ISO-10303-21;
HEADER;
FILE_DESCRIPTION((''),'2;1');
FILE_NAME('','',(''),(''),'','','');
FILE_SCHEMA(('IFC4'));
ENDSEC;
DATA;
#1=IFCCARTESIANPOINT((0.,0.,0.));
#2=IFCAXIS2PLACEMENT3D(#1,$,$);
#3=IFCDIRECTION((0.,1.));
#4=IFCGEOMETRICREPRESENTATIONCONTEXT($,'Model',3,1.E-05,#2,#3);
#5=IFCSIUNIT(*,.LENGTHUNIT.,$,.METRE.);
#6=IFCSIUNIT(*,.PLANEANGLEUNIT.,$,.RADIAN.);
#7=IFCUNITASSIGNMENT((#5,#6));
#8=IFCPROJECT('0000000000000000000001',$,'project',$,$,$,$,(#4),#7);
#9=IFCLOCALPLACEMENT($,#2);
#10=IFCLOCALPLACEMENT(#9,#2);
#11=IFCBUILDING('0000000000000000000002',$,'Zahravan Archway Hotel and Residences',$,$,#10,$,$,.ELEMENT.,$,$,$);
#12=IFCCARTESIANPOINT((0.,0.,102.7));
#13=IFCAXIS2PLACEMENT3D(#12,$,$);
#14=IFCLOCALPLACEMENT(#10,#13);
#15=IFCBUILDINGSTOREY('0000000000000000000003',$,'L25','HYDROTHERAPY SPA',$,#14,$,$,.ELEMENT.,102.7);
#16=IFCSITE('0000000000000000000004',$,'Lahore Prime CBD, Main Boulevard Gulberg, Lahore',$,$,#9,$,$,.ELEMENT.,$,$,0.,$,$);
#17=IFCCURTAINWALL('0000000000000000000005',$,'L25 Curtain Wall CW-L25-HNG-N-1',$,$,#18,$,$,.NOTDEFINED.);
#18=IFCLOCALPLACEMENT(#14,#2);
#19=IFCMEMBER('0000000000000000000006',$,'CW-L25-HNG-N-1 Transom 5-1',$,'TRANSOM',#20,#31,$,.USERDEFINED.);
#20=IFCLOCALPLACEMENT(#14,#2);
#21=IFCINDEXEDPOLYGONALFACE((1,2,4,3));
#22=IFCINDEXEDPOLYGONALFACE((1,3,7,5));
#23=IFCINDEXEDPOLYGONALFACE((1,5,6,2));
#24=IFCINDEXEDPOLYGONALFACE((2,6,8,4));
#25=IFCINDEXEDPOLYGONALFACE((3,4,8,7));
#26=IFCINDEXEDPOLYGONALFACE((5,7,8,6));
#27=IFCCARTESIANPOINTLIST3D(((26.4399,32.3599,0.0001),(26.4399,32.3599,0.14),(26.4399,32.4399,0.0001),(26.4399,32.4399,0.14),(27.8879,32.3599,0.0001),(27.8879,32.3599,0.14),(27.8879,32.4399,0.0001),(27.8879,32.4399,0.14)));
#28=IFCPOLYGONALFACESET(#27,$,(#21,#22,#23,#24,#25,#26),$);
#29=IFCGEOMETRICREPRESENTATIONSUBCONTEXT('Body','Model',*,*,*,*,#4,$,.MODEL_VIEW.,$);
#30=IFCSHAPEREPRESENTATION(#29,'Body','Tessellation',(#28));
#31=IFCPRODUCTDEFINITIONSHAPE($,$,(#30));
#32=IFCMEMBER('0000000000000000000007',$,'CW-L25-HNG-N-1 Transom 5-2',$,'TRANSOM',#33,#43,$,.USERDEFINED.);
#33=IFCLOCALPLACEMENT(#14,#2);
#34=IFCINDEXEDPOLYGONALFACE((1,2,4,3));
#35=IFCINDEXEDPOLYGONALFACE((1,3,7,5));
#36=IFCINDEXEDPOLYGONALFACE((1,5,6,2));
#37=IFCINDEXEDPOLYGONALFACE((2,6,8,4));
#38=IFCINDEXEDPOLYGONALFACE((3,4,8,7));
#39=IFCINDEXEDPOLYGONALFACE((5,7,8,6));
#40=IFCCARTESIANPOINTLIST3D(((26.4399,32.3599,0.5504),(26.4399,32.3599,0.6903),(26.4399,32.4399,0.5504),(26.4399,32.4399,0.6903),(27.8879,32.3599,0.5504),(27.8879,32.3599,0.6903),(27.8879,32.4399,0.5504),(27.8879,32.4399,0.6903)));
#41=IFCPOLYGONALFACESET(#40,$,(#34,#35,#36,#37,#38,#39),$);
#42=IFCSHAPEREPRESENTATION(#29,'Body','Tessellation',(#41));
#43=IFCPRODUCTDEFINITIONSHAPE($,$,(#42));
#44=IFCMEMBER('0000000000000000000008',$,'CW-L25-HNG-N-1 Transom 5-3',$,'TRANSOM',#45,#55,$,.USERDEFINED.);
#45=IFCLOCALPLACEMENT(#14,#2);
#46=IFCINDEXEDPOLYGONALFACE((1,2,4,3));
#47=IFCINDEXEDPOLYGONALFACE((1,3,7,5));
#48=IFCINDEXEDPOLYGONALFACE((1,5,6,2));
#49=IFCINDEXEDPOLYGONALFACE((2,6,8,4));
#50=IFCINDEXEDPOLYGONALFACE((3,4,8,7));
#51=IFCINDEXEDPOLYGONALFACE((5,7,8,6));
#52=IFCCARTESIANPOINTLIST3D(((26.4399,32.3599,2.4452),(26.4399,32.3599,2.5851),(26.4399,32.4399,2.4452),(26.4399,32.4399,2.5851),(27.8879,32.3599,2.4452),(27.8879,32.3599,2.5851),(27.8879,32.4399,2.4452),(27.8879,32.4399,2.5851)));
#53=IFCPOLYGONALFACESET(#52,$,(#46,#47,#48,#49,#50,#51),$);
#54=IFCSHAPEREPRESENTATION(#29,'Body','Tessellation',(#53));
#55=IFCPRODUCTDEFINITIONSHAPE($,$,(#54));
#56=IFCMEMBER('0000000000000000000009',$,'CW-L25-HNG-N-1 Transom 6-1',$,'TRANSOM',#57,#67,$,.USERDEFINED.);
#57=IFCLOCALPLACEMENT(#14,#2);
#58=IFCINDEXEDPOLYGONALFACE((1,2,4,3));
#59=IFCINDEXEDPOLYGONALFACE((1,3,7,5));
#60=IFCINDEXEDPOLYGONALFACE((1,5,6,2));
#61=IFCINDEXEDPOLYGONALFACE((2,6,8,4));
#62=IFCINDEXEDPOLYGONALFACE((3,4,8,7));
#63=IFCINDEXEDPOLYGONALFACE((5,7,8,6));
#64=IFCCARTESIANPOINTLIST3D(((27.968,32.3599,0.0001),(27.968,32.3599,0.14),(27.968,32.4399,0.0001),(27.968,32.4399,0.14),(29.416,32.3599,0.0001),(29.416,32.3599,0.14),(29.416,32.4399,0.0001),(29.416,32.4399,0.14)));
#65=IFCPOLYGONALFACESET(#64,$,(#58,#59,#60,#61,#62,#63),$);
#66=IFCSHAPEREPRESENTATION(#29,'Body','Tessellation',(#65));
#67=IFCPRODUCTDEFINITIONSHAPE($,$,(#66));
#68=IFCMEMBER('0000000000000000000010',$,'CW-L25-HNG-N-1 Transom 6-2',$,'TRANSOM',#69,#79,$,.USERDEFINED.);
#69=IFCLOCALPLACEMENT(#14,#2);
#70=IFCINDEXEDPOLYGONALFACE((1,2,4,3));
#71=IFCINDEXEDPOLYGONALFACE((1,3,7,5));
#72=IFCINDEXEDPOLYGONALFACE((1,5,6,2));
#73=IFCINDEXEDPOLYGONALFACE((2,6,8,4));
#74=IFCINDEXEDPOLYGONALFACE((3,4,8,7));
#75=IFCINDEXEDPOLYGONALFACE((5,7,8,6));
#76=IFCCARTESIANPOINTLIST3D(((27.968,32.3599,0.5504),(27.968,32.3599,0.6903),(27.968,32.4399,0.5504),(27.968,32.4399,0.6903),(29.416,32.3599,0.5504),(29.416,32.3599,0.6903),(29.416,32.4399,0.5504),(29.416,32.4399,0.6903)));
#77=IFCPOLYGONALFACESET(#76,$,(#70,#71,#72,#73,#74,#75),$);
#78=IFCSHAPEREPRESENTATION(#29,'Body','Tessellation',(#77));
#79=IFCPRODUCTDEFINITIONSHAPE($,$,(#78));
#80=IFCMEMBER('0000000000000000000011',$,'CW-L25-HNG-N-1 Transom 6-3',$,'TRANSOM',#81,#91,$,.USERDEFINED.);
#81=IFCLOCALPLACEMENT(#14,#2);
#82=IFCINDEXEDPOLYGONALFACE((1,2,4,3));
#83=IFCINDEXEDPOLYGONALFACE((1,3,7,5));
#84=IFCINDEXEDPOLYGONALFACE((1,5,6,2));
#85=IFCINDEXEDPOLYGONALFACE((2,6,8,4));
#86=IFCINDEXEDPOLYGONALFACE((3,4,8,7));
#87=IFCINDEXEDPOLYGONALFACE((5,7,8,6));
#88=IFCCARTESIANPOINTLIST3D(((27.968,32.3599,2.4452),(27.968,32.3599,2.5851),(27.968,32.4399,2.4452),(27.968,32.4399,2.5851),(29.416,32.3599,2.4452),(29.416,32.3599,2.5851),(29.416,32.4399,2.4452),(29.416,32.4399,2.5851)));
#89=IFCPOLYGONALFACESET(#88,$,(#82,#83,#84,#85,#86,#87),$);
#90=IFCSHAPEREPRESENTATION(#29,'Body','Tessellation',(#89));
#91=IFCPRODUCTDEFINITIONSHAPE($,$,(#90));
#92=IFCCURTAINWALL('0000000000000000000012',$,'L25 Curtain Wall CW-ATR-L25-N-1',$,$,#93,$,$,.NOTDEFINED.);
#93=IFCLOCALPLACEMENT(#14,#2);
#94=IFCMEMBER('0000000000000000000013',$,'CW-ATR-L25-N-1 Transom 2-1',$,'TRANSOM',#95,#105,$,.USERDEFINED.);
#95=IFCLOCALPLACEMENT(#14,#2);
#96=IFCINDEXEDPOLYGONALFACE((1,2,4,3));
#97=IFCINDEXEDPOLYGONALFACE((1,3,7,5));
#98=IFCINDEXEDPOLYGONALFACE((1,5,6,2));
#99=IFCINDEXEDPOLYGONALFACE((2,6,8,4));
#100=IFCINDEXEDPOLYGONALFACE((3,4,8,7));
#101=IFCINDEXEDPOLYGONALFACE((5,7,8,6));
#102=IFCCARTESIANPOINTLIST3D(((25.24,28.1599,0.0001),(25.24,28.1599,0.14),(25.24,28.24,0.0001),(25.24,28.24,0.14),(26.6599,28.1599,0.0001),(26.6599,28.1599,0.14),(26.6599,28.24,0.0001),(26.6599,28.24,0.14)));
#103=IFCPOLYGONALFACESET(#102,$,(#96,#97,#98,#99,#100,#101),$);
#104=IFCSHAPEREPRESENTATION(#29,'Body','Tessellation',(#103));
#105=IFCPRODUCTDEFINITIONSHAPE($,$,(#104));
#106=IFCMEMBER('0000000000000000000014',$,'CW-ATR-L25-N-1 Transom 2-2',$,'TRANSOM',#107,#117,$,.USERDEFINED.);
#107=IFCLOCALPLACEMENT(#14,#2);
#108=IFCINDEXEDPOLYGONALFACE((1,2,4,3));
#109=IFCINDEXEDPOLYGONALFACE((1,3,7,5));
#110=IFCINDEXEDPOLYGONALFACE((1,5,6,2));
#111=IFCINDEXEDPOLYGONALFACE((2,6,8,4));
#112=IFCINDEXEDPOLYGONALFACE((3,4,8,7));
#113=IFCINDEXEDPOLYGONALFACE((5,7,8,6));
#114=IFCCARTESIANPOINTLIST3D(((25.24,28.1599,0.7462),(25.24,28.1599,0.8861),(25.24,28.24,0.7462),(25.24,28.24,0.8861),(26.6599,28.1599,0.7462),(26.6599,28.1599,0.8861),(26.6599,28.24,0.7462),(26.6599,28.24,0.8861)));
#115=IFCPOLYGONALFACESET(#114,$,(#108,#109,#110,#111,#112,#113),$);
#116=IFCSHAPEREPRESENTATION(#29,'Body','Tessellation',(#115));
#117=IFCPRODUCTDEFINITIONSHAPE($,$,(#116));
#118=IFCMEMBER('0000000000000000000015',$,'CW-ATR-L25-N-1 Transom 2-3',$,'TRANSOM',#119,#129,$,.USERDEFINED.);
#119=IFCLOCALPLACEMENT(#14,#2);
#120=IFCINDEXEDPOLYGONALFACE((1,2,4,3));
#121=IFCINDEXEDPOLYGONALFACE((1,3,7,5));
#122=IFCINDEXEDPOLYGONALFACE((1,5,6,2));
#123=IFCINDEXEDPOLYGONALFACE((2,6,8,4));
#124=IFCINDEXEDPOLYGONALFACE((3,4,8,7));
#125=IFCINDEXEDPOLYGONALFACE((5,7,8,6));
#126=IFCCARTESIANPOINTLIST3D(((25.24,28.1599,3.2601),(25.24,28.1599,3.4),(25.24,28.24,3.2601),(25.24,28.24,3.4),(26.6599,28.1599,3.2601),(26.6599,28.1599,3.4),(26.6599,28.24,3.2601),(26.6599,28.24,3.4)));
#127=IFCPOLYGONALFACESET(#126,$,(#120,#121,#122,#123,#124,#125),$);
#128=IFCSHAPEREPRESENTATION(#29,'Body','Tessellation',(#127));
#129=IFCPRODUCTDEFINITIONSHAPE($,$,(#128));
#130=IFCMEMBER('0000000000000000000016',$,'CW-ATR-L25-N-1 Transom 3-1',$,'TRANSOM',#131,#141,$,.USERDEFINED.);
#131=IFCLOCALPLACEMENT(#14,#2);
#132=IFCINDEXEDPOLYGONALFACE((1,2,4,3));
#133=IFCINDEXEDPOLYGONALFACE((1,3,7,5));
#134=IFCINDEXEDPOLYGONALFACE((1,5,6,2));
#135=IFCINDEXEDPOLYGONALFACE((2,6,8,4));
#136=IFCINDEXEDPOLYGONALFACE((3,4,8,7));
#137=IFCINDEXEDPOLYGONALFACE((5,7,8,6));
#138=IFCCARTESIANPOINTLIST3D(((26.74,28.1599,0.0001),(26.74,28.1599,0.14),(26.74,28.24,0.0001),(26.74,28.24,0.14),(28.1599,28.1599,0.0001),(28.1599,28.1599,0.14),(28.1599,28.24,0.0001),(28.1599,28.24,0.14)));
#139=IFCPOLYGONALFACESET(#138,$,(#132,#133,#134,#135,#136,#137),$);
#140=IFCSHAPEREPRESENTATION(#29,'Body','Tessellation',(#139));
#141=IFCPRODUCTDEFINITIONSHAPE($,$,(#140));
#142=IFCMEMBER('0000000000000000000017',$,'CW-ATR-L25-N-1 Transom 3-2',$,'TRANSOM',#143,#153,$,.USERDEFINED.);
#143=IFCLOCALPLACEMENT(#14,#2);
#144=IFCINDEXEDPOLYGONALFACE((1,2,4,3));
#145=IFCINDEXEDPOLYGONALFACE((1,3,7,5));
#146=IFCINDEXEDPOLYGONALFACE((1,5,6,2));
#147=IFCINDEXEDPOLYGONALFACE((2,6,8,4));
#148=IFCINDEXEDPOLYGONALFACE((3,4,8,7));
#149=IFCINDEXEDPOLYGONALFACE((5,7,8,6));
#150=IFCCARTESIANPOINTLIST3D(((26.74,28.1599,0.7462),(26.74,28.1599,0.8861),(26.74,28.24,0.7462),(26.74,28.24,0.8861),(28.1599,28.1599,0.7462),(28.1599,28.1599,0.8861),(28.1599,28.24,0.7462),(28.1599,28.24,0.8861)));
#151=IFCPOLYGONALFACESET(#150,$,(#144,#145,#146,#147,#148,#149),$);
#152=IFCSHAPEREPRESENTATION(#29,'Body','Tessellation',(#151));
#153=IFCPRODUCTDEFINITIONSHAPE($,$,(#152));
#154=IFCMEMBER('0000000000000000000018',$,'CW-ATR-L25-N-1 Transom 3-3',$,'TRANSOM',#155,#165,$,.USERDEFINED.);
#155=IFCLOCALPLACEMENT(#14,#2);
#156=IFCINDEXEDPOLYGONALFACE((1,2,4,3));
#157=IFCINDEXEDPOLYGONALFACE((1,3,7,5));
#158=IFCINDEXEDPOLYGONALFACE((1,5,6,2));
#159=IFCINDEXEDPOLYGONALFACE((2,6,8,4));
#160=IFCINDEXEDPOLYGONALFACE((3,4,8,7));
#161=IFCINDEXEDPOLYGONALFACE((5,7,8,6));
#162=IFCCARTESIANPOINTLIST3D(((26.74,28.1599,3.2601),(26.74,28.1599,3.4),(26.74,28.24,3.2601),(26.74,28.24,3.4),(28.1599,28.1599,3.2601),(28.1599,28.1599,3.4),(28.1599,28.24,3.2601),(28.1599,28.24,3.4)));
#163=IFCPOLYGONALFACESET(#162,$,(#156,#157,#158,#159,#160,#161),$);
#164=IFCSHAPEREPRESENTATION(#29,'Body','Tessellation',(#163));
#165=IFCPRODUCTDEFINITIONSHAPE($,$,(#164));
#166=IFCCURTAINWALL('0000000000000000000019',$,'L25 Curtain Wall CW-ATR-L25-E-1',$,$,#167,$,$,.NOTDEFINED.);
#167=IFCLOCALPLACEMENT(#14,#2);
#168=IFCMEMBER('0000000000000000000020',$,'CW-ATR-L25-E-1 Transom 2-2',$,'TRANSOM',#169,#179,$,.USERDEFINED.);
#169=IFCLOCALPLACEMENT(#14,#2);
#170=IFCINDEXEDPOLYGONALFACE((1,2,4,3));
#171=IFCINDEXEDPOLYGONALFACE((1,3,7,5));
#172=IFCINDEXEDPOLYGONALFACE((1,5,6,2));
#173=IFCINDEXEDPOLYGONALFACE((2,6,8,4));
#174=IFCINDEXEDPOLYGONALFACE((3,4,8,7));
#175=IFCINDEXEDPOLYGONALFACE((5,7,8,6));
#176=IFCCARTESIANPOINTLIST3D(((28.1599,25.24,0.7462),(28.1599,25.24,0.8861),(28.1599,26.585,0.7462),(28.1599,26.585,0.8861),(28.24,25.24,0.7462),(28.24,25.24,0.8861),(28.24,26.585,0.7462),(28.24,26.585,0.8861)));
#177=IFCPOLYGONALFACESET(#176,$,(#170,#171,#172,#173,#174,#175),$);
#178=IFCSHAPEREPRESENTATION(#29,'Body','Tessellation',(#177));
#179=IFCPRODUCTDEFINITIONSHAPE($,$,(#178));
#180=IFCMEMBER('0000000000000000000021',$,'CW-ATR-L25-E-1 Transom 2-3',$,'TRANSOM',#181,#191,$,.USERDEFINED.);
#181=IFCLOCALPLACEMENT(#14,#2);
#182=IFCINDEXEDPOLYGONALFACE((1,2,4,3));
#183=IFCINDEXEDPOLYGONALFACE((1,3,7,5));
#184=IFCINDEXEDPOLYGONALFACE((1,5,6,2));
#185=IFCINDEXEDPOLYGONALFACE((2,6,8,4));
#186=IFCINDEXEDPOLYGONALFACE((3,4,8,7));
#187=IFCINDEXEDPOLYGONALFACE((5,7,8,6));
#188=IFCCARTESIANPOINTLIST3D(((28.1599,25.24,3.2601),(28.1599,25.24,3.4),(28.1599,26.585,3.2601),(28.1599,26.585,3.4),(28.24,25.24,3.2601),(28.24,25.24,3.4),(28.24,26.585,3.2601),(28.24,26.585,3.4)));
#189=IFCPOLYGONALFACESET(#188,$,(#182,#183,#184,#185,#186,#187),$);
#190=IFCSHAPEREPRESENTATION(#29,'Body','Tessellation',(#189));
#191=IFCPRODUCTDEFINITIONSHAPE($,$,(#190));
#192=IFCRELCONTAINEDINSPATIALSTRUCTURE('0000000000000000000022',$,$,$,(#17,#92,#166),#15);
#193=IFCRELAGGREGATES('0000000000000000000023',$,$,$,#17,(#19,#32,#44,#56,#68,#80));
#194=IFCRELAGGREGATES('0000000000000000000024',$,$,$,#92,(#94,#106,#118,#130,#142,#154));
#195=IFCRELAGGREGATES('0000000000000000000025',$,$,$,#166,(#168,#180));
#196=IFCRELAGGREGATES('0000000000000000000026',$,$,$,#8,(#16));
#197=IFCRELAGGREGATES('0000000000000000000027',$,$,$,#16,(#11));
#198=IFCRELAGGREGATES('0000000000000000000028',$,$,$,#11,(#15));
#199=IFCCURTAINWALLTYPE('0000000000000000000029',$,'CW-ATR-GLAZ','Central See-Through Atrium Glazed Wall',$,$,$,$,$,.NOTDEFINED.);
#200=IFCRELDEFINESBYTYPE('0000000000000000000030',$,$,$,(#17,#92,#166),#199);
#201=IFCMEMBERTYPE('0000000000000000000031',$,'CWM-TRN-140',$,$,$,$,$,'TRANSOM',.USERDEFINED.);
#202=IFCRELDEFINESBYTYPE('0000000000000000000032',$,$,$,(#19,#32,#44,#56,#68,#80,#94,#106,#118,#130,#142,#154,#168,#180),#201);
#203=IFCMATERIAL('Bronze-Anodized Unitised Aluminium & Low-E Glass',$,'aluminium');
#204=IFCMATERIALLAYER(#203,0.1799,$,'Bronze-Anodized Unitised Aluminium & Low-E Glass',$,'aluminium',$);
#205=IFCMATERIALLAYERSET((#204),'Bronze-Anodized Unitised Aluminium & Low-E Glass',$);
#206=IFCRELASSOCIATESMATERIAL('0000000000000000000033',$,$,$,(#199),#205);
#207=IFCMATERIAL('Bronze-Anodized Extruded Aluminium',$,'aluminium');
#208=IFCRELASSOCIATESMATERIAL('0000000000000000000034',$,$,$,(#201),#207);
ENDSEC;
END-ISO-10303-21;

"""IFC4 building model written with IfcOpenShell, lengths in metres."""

from ifc_helpers import new_model, si_unit, direction, frame, origin, origin_2d, place, context, subcontext, project, spatial, rectangle, extrude, source, transform, mapped, material, layer, layer_set, material_profile, profile_set, type_object, element, aggregate, save


model = new_model("IFC4")

# Units and contexts
model_context = context("Model", 3, precision=1e-05, world=origin(), true_north=direction((0.0, 1.0)))
body_context = subcontext(model_context, "Body", "Model", "MODEL_VIEW")
ifc_project = project(units=[si_unit("LENGTHUNIT", "METRE"), si_unit("PLANEANGLEUNIT", "RADIAN")], contexts=[model_context])

# Site, building, storey
site_placement = place(None, origin())
site = spatial("IfcSite", under=ifc_project, at=site_placement, Name="Lahore Prime CBD, Main Boulevard Gulberg, Lahore", CompositionType="ELEMENT", RefElevation=0.0)
building_placement = place(site_placement, origin())
building = spatial("IfcBuilding", under=site, at=building_placement, Name="Zahravan Archway Hotel and Residences", CompositionType="ELEMENT")
storey_placement = place(building_placement, frame((0.0, 0.0, 102.7)))
storey = spatial("IfcBuildingStorey", under=building, at=storey_placement, Name="L25", Description="HYDROTHERAPY SPA", CompositionType="ELEMENT", Elevation=102.7)

# Curtain walls, members
ifc_material_1 = material(Name="Bronze-Anodized Unitised Aluminium & Low-E Glass", Category="aluminium")
ifc_layer_1 = layer(ifc_material_1, 0.1799, Name="Bronze-Anodized Unitised Aluminium & Low-E Glass", Category="aluminium")
ifc_layer_set_1 = layer_set([ifc_layer_1], Name="Bronze-Anodized Unitised Aluminium & Low-E Glass")
curtain_wall_type = type_object("IfcCurtainWallType", Name="CW-ATR-GLAZ", Description="Central See-Through Atrium Glazed Wall", PredefinedType="NOTDEFINED", material=ifc_layer_set_1)
curtain_wall_1_placement = place(storey_placement, origin())
curtain_wall_1 = element("IfcCurtainWall", 1, at=curtain_wall_1_placement, inside=storey, type_object=curtain_wall_type, Name="L25 Curtain Wall CW-L25-HNG-N-1", PredefinedType="NOTDEFINED")
ifc_material_2 = material(Name="Bronze-Anodized Extruded Aluminium", Category="aluminium")
ifc_material_profile_1 = material_profile(ifc_material_2, rectangle(XDim=0.0801, YDim=0.1399, at=origin_2d()), Name="TRN 80x140", Category="aluminium")
ifc_profile_set_1 = profile_set([ifc_material_profile_1], Name="Bronze-Anodized Extruded Aluminium")
member_type_1 = type_object("IfcMemberType", Name="CWM-TRN-140", ElementType="TRANSOM", PredefinedType="USERDEFINED", material=ifc_profile_set_1)
shared_shape_1 = source(origin(), body_context, "Body", "SweptSolid", [
    extrude(rectangle(XDim=0.0801, YDim=0.1399, at=origin_2d()), origin(), (0.0, 0.0, 1.0), 1.448),
])
member_1_placement = place(storey_placement, frame((26.4399, 32.3999, 0.0701), z_axis=(1.0, 0.0, 0.0), x_axis=(0.0, 1.0, 0.0)))
member_1 = element("IfcMember", 2, at=member_1_placement, type_object=member_type_1, Name="CW-L25-HNG-N-1 Transom 5-1", ObjectType="TRANSOM", PredefinedType="USERDEFINED", context=body_context, shape_type="MappedRepresentation", body=[
    mapped(shared_shape_1, transform((0.0, 0.0, 0.0), scale=1.0)),
])
member_2_placement = place(storey_placement, frame((26.4399, 32.3999, 0.6204), z_axis=(1.0, 0.0, 0.0), x_axis=(0.0, 1.0, 0.0)))
member_2 = element("IfcMember", 3, at=member_2_placement, type_object=member_type_1, Name="CW-L25-HNG-N-1 Transom 5-2", ObjectType="TRANSOM", PredefinedType="USERDEFINED", context=body_context, shape_type="MappedRepresentation", body=[
    mapped(shared_shape_1, transform((0.0, 0.0, 0.0), scale=1.0)),
])
member_3_placement = place(storey_placement, frame((26.4399, 32.3999, 2.5151), z_axis=(1.0, 0.0, 0.0), x_axis=(0.0, 1.0, 0.0)))
member_3 = element("IfcMember", 4, at=member_3_placement, type_object=member_type_1, Name="CW-L25-HNG-N-1 Transom 5-3", ObjectType="TRANSOM", PredefinedType="USERDEFINED", context=body_context, shape_type="MappedRepresentation", body=[
    mapped(shared_shape_1, transform((0.0, 0.0, 0.0), scale=1.0)),
])
member_4_placement = place(storey_placement, frame((27.968, 32.3999, 0.0701), z_axis=(1.0, 0.0, 0.0), x_axis=(0.0, 1.0, 0.0)))
member_4 = element("IfcMember", 5, at=member_4_placement, type_object=member_type_1, Name="CW-L25-HNG-N-1 Transom 6-1", ObjectType="TRANSOM", PredefinedType="USERDEFINED", context=body_context, shape_type="MappedRepresentation", body=[
    mapped(shared_shape_1, transform((0.0, 0.0, 0.0), scale=1.0)),
])
member_5_placement = place(storey_placement, frame((27.968, 32.3999, 0.6204), z_axis=(1.0, 0.0, 0.0), x_axis=(0.0, 1.0, 0.0)))
member_5 = element("IfcMember", 6, at=member_5_placement, type_object=member_type_1, Name="CW-L25-HNG-N-1 Transom 6-2", ObjectType="TRANSOM", PredefinedType="USERDEFINED", context=body_context, shape_type="MappedRepresentation", body=[
    mapped(shared_shape_1, transform((0.0, 0.0, 0.0), scale=1.0)),
])
member_6_placement = place(storey_placement, frame((27.968, 32.3999, 2.5151), z_axis=(1.0, 0.0, 0.0), x_axis=(0.0, 1.0, 0.0)))
member_6 = element("IfcMember", 7, at=member_6_placement, type_object=member_type_1, Name="CW-L25-HNG-N-1 Transom 6-3", ObjectType="TRANSOM", PredefinedType="USERDEFINED", context=body_context, shape_type="MappedRepresentation", body=[
    mapped(shared_shape_1, transform((0.0, 0.0, 0.0), scale=1.0)),
])
curtain_wall_2_placement = place(storey_placement, origin())
curtain_wall_2 = element("IfcCurtainWall", 8, at=curtain_wall_2_placement, inside=storey, type_object=curtain_wall_type, Name="L25 Curtain Wall CW-ATR-L25-N-1", PredefinedType="NOTDEFINED")
shared_shape_2 = source(origin(), body_context, "Body", "SweptSolid", [
    extrude(rectangle(XDim=0.0801, YDim=0.1399, at=origin_2d()), origin(), (0.0, 0.0, 1.0), 1.4199),
])
member_7_placement = place(storey_placement, frame((25.24, 28.2, 0.0701), z_axis=(1.0, 0.0, 0.0), x_axis=(0.0, 1.0, 0.0)))
member_7 = element("IfcMember", 9, at=member_7_placement, type_object=member_type_1, Name="CW-ATR-L25-N-1 Transom 2-1", ObjectType="TRANSOM", PredefinedType="USERDEFINED", context=body_context, shape_type="MappedRepresentation", body=[
    mapped(shared_shape_2, transform((0.0, 0.0, 0.0), scale=1.0)),
])
member_8_placement = place(storey_placement, frame((25.24, 28.2, 0.8162), z_axis=(1.0, 0.0, 0.0), x_axis=(0.0, 1.0, 0.0)))
member_8 = element("IfcMember", 10, at=member_8_placement, type_object=member_type_1, Name="CW-ATR-L25-N-1 Transom 2-2", ObjectType="TRANSOM", PredefinedType="USERDEFINED", context=body_context, shape_type="MappedRepresentation", body=[
    mapped(shared_shape_2, transform((0.0, 0.0, 0.0), scale=1.0)),
])
member_9_placement = place(storey_placement, frame((25.24, 28.2, 3.3301), z_axis=(1.0, 0.0, 0.0), x_axis=(0.0, 1.0, 0.0)))
member_9 = element("IfcMember", 11, at=member_9_placement, type_object=member_type_1, Name="CW-ATR-L25-N-1 Transom 2-3", ObjectType="TRANSOM", PredefinedType="USERDEFINED", context=body_context, shape_type="MappedRepresentation", body=[
    mapped(shared_shape_2, transform((0.0, 0.0, 0.0), scale=1.0)),
])
member_10_placement = place(storey_placement, frame((26.74, 28.2, 0.0701), z_axis=(1.0, 0.0, 0.0), x_axis=(0.0, 1.0, 0.0)))
member_10 = element("IfcMember", 12, at=member_10_placement, type_object=member_type_1, Name="CW-ATR-L25-N-1 Transom 3-1", ObjectType="TRANSOM", PredefinedType="USERDEFINED", context=body_context, shape_type="MappedRepresentation", body=[
    mapped(shared_shape_2, transform((0.0, 0.0, 0.0), scale=1.0)),
])
member_11_placement = place(storey_placement, frame((26.74, 28.2, 0.8162), z_axis=(1.0, 0.0, 0.0), x_axis=(0.0, 1.0, 0.0)))
member_11 = element("IfcMember", 13, at=member_11_placement, type_object=member_type_1, Name="CW-ATR-L25-N-1 Transom 3-2", ObjectType="TRANSOM", PredefinedType="USERDEFINED", context=body_context, shape_type="MappedRepresentation", body=[
    mapped(shared_shape_2, transform((0.0, 0.0, 0.0), scale=1.0)),
])
member_12_placement = place(storey_placement, frame((26.74, 28.2, 3.3301), z_axis=(1.0, 0.0, 0.0), x_axis=(0.0, 1.0, 0.0)))
member_12 = element("IfcMember", 14, at=member_12_placement, type_object=member_type_1, Name="CW-ATR-L25-N-1 Transom 3-3", ObjectType="TRANSOM", PredefinedType="USERDEFINED", context=body_context, shape_type="MappedRepresentation", body=[
    mapped(shared_shape_2, transform((0.0, 0.0, 0.0), scale=1.0)),
])
curtain_wall_3_placement = place(storey_placement, origin())
curtain_wall_3 = element("IfcCurtainWall", 15, at=curtain_wall_3_placement, inside=storey, type_object=curtain_wall_type, Name="L25 Curtain Wall CW-ATR-L25-E-1", PredefinedType="NOTDEFINED")
shared_shape_3 = source(origin(), body_context, "Body", "SweptSolid", [
    extrude(rectangle(XDim=0.0801, YDim=0.1399, at=origin_2d()), origin(), (0.0, 0.0, 1.0), 1.345),
])
member_13_placement = place(storey_placement, frame((28.2, 25.24, 0.8162), z_axis=(0.0, 1.0, 0.0), x_axis=(-1.0, 0.0, 0.0)))
member_13 = element("IfcMember", 16, at=member_13_placement, type_object=member_type_1, Name="CW-ATR-L25-E-1 Transom 2-2", ObjectType="TRANSOM", PredefinedType="USERDEFINED", context=body_context, shape_type="MappedRepresentation", body=[
    mapped(shared_shape_3, transform((0.0, 0.0, 0.0), scale=1.0)),
])
member_14_placement = place(storey_placement, frame((28.2, 25.24, 3.3301), z_axis=(0.0, 1.0, 0.0), x_axis=(-1.0, 0.0, 0.0)))
member_14 = element("IfcMember", 17, at=member_14_placement, type_object=member_type_1, Name="CW-ATR-L25-E-1 Transom 2-3", ObjectType="TRANSOM", PredefinedType="USERDEFINED", context=body_context, shape_type="MappedRepresentation", body=[
    mapped(shared_shape_3, transform((0.0, 0.0, 0.0), scale=1.0)),
])

aggregate(curtain_wall_1, [member_1, member_2, member_3, member_4, member_5, member_6])
aggregate(curtain_wall_2, [member_7, member_8, member_9, member_10, member_11, member_12])
aggregate(curtain_wall_3, [member_13, member_14])

save(model, "model.ifc")
